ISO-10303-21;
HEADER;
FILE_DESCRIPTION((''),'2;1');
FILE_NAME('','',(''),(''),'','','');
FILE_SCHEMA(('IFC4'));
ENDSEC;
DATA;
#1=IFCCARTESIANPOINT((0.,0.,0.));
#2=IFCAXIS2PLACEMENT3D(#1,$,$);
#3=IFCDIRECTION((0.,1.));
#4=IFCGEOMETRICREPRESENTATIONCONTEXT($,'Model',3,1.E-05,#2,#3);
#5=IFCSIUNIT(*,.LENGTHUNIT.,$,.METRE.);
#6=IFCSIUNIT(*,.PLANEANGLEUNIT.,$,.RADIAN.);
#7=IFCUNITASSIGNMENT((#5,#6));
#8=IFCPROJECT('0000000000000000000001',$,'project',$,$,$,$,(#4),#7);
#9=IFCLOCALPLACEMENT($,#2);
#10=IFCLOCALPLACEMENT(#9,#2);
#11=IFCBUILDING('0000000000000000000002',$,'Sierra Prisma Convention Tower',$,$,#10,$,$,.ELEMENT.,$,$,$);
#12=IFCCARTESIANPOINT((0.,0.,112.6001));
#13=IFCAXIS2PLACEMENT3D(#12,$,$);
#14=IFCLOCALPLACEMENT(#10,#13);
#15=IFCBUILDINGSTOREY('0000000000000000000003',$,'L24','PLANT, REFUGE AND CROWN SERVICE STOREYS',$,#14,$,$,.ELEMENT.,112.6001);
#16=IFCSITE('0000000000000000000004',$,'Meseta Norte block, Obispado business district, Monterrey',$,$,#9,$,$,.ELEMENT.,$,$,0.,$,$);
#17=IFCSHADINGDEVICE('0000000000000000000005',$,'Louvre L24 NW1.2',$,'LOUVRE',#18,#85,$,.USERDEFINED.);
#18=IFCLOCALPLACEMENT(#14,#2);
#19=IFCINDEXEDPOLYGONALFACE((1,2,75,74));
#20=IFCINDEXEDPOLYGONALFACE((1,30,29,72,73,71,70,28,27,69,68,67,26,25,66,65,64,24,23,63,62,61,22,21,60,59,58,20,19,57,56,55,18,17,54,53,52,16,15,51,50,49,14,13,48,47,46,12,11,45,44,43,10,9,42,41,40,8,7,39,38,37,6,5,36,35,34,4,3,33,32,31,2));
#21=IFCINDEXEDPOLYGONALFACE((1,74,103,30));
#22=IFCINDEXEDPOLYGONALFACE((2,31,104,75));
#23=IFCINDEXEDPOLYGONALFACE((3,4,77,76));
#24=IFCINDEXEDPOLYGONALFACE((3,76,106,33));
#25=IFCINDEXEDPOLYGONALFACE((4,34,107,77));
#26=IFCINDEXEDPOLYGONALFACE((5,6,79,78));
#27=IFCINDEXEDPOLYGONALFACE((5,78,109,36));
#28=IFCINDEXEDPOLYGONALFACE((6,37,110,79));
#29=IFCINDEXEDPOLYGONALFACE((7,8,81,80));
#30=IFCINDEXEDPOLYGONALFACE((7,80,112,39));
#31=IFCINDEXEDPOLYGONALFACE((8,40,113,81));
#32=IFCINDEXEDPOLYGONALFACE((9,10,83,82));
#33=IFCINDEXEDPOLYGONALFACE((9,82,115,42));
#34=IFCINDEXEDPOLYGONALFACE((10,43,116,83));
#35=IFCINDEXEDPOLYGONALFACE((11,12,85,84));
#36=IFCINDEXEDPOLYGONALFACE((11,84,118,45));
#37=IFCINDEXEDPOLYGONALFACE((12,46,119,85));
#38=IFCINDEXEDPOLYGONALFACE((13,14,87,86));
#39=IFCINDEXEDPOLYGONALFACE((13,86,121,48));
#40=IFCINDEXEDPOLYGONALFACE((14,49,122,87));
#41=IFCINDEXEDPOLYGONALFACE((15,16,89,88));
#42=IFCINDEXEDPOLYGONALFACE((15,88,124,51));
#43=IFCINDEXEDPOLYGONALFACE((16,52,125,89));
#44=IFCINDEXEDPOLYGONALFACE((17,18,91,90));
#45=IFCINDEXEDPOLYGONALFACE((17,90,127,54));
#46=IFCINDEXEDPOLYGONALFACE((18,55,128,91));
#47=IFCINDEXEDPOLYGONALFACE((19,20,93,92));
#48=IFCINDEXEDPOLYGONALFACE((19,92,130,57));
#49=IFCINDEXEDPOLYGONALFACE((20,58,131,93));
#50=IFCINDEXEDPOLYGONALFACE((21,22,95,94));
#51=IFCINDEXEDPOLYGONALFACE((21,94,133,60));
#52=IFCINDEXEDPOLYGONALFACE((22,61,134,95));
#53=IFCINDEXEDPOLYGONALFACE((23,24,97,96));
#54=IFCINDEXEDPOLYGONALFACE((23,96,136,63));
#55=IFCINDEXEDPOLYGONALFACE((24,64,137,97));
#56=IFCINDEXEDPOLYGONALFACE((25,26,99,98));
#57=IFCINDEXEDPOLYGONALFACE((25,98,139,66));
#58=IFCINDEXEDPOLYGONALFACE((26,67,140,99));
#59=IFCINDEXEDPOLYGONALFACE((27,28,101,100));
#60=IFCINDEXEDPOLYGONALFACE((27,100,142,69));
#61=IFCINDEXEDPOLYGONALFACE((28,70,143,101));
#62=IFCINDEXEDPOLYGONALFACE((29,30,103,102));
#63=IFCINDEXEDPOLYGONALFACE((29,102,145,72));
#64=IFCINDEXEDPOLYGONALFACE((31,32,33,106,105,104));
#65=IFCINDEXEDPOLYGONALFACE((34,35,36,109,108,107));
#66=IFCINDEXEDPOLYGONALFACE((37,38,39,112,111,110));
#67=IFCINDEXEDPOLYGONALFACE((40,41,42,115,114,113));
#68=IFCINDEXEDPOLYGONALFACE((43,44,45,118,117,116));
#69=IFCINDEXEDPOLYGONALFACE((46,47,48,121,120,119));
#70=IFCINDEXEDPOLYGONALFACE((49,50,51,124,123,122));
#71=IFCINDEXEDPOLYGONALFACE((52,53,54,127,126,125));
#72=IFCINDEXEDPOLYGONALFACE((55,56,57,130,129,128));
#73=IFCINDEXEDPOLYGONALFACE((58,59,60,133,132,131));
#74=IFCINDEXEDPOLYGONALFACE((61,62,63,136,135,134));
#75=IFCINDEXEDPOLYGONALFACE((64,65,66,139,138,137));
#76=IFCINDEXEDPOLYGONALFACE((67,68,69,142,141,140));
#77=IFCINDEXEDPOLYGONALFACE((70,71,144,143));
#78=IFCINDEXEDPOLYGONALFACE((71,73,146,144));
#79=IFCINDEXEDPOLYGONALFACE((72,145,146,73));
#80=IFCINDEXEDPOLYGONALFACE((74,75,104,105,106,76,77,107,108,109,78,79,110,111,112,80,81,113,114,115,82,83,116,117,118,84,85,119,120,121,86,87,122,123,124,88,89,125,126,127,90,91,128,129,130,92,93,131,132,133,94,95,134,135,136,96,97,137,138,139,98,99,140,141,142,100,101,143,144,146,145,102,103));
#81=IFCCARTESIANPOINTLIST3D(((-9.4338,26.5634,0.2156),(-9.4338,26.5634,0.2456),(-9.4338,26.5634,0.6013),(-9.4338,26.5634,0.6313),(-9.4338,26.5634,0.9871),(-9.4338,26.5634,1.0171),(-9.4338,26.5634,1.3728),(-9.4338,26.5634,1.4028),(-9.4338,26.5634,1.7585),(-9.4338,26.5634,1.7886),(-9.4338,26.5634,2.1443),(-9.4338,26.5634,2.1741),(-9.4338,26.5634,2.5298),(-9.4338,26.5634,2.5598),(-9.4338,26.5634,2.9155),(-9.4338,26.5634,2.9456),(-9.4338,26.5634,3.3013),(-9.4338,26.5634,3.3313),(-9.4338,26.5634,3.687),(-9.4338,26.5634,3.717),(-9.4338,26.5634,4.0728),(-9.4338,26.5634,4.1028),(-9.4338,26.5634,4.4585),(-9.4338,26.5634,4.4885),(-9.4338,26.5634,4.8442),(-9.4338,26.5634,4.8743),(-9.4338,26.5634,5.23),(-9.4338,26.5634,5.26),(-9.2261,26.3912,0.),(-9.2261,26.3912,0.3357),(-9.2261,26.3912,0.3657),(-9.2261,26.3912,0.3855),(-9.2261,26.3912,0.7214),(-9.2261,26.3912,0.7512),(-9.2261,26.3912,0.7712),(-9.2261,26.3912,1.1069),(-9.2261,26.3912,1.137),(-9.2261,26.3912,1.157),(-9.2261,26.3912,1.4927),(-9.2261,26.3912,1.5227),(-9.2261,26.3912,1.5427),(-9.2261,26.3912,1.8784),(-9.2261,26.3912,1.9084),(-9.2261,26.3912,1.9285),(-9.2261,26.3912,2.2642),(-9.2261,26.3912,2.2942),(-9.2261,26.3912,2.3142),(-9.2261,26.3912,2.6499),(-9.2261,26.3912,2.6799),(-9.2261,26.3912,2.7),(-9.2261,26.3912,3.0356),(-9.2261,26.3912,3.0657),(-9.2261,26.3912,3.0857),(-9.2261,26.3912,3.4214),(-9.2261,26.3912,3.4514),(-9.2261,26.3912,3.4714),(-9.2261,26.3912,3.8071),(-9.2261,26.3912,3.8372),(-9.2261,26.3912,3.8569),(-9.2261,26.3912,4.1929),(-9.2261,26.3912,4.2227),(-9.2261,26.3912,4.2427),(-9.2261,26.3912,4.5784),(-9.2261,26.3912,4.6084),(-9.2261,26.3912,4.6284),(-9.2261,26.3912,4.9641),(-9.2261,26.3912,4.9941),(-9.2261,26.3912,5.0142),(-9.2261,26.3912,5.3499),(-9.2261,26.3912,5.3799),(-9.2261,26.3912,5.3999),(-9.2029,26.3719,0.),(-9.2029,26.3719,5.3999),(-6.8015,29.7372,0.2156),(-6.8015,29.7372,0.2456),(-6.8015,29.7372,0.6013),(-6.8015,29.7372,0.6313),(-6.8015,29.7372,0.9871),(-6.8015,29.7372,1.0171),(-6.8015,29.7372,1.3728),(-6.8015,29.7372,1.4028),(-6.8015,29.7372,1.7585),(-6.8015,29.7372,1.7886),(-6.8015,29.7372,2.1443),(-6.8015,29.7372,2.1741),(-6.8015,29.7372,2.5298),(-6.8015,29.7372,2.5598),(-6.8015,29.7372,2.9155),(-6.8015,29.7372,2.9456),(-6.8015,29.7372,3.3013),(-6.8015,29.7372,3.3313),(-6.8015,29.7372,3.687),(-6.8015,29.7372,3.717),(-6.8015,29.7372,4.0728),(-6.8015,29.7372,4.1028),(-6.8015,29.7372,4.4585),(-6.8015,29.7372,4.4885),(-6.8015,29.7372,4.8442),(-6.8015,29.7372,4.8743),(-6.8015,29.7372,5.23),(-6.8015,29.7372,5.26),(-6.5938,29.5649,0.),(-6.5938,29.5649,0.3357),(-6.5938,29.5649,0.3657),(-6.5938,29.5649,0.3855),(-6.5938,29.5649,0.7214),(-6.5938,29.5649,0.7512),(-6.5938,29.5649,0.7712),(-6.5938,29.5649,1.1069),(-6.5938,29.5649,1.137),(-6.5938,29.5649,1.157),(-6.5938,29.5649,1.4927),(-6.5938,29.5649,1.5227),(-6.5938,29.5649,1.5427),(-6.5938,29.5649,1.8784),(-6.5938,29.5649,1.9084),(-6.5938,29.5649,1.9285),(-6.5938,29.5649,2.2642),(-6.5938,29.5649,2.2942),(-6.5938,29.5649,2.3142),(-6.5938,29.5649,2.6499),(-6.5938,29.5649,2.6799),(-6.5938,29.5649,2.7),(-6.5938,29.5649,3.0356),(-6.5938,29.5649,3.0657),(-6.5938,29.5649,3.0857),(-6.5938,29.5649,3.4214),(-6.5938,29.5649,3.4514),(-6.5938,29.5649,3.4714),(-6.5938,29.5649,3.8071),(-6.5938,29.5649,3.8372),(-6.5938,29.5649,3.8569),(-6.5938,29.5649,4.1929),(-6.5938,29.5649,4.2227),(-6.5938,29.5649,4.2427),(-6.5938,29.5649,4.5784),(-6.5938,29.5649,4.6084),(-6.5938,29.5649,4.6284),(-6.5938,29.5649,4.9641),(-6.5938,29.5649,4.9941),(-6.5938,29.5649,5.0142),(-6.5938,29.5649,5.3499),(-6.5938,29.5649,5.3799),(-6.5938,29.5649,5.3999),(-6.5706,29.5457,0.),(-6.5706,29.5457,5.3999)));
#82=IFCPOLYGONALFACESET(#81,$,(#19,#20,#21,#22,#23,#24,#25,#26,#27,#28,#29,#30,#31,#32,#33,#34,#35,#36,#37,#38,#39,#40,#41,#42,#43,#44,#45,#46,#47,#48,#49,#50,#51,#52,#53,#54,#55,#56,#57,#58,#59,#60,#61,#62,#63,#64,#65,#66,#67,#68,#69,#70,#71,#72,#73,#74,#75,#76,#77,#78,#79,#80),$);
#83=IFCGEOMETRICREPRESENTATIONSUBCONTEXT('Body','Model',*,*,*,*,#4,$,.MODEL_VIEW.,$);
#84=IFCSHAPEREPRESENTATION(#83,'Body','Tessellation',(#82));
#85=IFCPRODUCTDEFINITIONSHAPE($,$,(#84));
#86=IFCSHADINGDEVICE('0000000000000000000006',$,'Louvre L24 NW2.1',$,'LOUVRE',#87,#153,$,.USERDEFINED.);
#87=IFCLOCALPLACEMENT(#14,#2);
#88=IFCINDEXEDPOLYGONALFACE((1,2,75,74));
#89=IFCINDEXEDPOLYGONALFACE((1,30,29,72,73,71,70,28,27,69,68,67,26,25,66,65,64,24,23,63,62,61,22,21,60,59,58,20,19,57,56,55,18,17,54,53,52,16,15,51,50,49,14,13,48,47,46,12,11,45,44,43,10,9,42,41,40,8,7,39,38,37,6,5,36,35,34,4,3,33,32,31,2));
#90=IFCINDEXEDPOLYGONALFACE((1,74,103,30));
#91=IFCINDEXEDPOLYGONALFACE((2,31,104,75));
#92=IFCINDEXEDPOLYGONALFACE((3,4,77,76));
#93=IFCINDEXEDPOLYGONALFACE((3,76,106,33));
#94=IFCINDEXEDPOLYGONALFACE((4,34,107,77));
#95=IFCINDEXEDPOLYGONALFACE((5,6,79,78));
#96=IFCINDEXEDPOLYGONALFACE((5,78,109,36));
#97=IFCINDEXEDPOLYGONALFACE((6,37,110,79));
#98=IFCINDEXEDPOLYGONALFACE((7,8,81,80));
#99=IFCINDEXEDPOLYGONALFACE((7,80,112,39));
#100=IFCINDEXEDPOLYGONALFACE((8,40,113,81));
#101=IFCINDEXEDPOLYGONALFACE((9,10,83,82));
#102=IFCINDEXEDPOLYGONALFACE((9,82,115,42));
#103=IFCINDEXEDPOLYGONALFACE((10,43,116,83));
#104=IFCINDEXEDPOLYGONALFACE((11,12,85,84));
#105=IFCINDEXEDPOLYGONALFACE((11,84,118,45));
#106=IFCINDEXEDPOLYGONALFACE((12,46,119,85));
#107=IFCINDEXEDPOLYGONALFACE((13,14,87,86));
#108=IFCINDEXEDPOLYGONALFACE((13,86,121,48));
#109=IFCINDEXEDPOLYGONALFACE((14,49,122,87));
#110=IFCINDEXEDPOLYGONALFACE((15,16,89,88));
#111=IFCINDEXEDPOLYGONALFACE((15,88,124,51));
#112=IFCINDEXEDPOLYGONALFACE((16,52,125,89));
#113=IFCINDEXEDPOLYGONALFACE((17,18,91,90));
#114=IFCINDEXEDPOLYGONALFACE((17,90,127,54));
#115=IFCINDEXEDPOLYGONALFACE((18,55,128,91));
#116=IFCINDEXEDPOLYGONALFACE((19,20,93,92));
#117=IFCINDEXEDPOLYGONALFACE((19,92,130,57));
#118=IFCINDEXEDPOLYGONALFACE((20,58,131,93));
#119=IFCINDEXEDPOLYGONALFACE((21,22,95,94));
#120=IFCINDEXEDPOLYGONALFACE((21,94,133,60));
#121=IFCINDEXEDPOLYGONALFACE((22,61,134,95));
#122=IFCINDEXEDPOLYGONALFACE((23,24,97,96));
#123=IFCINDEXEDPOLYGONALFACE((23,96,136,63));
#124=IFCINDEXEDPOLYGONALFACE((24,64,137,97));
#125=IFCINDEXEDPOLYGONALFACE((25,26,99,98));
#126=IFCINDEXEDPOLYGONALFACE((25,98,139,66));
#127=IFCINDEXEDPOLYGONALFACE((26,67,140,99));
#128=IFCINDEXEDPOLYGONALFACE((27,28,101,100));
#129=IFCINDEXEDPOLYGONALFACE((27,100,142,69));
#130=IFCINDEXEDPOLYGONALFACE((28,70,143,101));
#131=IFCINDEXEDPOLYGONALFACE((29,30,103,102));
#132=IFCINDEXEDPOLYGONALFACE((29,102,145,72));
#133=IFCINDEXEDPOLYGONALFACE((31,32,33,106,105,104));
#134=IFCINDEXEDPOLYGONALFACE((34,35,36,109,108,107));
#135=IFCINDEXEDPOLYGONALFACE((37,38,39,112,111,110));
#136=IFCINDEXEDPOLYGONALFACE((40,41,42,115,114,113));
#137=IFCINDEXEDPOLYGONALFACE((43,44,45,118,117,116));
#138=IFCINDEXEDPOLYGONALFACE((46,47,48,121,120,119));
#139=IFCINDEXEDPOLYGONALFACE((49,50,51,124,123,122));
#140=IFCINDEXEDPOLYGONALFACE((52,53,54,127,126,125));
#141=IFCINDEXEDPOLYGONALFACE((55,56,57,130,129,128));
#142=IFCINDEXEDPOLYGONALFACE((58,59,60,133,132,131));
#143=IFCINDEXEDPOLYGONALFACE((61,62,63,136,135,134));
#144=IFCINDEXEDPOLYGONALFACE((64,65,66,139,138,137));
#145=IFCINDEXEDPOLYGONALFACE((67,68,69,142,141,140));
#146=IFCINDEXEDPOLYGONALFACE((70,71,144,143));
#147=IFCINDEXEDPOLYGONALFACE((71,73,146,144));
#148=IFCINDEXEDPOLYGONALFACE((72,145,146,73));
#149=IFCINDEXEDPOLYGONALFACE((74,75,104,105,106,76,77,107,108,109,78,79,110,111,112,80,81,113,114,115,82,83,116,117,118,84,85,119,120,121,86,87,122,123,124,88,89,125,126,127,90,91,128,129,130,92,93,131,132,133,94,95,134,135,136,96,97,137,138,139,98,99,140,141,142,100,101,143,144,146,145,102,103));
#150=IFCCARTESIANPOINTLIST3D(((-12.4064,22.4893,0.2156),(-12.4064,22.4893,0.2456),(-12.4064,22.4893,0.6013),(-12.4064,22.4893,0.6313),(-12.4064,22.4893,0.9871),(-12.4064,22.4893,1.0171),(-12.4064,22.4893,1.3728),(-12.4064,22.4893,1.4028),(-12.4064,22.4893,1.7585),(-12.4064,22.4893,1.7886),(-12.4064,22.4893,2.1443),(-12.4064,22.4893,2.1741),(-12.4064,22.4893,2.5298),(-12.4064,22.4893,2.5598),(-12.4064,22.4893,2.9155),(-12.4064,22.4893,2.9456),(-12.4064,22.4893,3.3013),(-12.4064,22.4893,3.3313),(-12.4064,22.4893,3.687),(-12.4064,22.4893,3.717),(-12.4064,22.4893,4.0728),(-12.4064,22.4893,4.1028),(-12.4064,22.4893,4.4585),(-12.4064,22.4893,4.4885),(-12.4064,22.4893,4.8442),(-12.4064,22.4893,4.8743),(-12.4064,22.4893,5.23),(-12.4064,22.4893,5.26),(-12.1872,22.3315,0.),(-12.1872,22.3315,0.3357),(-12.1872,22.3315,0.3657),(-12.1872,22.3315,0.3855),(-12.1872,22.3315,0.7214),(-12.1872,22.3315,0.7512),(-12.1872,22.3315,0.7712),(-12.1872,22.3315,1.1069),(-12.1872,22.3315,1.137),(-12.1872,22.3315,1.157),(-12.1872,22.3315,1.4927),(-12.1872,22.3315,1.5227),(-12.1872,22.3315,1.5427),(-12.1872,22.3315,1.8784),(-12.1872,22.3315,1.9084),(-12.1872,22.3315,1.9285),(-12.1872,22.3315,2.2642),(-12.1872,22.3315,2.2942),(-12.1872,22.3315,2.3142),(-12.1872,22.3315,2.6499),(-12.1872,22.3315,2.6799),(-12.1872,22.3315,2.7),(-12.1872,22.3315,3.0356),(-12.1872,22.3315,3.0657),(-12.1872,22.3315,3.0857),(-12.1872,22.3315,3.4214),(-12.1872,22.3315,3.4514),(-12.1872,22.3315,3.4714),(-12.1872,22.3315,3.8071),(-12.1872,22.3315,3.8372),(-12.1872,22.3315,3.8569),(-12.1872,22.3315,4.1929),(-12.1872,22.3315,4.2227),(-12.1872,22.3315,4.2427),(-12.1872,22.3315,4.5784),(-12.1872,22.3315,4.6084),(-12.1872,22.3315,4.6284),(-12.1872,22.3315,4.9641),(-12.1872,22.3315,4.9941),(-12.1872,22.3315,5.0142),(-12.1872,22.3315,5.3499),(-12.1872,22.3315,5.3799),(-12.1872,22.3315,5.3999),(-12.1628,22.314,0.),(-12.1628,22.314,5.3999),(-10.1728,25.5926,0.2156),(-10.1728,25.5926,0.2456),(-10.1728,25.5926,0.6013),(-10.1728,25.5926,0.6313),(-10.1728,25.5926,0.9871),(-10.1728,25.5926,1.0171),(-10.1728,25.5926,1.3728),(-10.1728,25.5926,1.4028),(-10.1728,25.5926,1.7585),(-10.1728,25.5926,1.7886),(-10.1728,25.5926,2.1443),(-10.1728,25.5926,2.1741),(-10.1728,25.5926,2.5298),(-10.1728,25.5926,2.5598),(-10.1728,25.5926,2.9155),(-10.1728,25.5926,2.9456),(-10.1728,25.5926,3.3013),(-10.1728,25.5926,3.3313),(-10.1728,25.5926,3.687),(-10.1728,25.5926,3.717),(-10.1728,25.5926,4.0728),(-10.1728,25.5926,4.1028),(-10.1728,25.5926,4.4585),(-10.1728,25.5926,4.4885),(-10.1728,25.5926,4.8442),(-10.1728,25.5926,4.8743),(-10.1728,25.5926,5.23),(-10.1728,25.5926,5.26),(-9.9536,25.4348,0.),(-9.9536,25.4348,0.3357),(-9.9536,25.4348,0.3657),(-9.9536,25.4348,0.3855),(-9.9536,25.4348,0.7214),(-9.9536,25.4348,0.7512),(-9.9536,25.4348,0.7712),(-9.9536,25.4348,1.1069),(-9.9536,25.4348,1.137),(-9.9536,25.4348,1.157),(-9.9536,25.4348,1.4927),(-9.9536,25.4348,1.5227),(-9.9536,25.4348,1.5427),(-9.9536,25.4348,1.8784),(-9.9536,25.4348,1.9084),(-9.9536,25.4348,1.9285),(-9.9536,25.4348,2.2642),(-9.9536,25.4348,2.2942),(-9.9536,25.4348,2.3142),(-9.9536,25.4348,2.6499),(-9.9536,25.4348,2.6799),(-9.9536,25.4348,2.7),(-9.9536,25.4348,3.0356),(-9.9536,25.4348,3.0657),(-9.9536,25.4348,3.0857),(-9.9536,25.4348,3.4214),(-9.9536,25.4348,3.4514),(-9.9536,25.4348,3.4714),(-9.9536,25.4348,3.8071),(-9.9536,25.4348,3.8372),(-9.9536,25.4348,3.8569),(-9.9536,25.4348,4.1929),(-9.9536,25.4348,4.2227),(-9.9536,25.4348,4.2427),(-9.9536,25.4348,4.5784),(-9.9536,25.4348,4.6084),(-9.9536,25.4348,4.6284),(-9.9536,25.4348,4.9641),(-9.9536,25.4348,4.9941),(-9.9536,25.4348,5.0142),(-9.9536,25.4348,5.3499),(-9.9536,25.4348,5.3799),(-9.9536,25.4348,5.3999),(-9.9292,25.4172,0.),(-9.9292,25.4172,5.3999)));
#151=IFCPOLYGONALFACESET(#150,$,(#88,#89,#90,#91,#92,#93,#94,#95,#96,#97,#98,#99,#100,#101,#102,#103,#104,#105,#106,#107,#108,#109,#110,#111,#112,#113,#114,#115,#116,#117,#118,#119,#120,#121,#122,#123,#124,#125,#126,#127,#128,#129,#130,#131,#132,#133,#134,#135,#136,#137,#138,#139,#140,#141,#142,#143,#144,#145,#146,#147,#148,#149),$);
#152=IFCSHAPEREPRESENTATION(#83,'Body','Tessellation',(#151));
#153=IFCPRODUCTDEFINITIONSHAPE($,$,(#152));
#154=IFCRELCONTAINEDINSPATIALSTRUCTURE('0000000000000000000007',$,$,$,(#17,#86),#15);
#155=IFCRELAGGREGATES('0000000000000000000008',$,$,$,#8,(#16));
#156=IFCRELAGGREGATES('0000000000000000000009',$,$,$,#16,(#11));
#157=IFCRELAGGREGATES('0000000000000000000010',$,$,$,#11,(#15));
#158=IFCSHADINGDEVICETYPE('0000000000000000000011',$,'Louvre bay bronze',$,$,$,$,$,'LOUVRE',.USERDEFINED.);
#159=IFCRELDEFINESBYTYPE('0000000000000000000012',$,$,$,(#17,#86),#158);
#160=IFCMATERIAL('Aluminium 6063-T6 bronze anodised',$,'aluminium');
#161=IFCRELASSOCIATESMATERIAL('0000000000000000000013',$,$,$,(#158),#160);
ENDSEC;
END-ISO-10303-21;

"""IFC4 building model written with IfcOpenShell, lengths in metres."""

from ifc_helpers import new_model, si_unit, direction, frame, origin, place, context, subcontext, project, spatial, polyline, outline, extrude, material, type_object, element, save


model = new_model("IFC4")

# Units and contexts
model_context = context("Model", 3, precision=1e-05, world=origin(), true_north=direction((0.0, 1.0)))
body_context = subcontext(model_context, "Body", "Model", "MODEL_VIEW")
ifc_project = project(units=[si_unit("LENGTHUNIT", "METRE"), si_unit("PLANEANGLEUNIT", "RADIAN")], contexts=[model_context])

# Site, building, storey
site_placement = place(None, origin())
site = spatial("IfcSite", under=ifc_project, at=site_placement, Name="Meseta Norte block, Obispado business district, Monterrey", CompositionType="ELEMENT", RefElevation=0.0)
building_placement = place(site_placement, origin())
building = spatial("IfcBuilding", under=site, at=building_placement, Name="Sierra Prisma Convention Tower", CompositionType="ELEMENT")
storey_placement = place(building_placement, frame((0.0, 0.0, 112.6001)))
storey = spatial("IfcBuildingStorey", under=building, at=storey_placement, Name="L24", Description="PLANT, REFUGE AND CROWN SERVICE STOREYS", CompositionType="ELEMENT", Elevation=112.6001)

# Shading devices
ifc_material_1 = material(Name="Aluminium 6063-T6 bronze anodised", Category="aluminium")
shading_device_type = type_object("IfcShadingDeviceType", Name="Louvre bay bronze", ElementType="LOUVRE", PredefinedType="USERDEFINED", material=ifc_material_1)
shading_device_1_placement = place(storey_placement, frame((-6.5706, 29.5457, 0.0), z_axis=(0.638399, 0.769706, 0.0), x_axis=(0.0, 0.0, 1.0)))
element("IfcShadingDevice", 1, at=shading_device_1_placement, inside=storey, type_object=shading_device_type, Name="Louvre L24 NW1.2", ObjectType="LOUVRE", PredefinedType="USERDEFINED", context=body_context, shape_type="SweptSolid", body=[
    extrude(outline(polyline([(0.0, 0.0), (5.3999, 0.0), (5.3999, -0.0302), (5.3799, -0.0302), (5.26, -0.3), (5.23, -0.3), (5.3499, -0.0302), (5.0142, -0.0302), (4.9941, -0.0302), (4.8743, -0.3), (4.8442, -0.3), (4.9641, -0.0302), (4.6284, -0.0302), (4.6084, -0.0302), (4.4885, -0.3), (4.4585, -0.3), (4.5784, -0.0302), (4.2427, -0.0302), (4.2227, -0.0302), (4.1028, -0.3), (4.0728, -0.3), (4.1929, -0.0302), (3.8569, -0.0302), (3.8372, -0.0302), (3.717, -0.3), (3.687, -0.3), (3.8071, -0.0302), (3.4714, -0.0302), (3.4514, -0.0302), (3.3313, -0.3), (3.3013, -0.3), (3.4214, -0.0302), (3.0857, -0.0302), (3.0657, -0.0302), (2.9456, -0.3), (2.9155, -0.3), (3.0356, -0.0302), (2.7, -0.0302), (2.6799, -0.0302), (2.5598, -0.3), (2.5298, -0.3), (2.6499, -0.0302), (2.3142, -0.0302), (2.2942, -0.0302), (2.1741, -0.3), (2.1443, -0.3), (2.2642, -0.0302), (1.9285, -0.0302), (1.9084, -0.0302), (1.7886, -0.3), (1.7585, -0.3), (1.8784, -0.0302), (1.5427, -0.0302), (1.5227, -0.0302), (1.4028, -0.3), (1.3728, -0.3), (1.4927, -0.0302), (1.157, -0.0302), (1.137, -0.0302), (1.0171, -0.3), (0.9871, -0.3), (1.1069, -0.0302), (0.7712, -0.0302), (0.7512, -0.0302), (0.6313, -0.3), (0.6013, -0.3), (0.7214, -0.0302), (0.3855, -0.0302), (0.3657, -0.0302), (0.2456, -0.3), (0.2156, -0.3), (0.3357, -0.0302), (0.0, -0.0302), (0.0, 0.0)])), origin(), (0.0, 0.0, -1.0), 4.1233),
])
shading_device_2_placement = place(storey_placement, frame((-9.9292, 25.4172, 0.0), z_axis=(0.584168, 0.811633, 0.0), x_axis=(0.0, 0.0, 1.0)))
element("IfcShadingDevice", 2, at=shading_device_2_placement, inside=storey, type_object=shading_device_type, Name="Louvre L24 NW2.1", ObjectType="LOUVRE", PredefinedType="USERDEFINED", context=body_context, shape_type="SweptSolid", body=[
    extrude(outline(polyline([(0.0, 0.0), (5.3999, 0.0), (5.3999, -0.0301), (5.3799, -0.0301), (5.26, -0.3002), (5.23, -0.3002), (5.3499, -0.0301), (5.0142, -0.0301), (4.9941, -0.0301), (4.8743, -0.3002), (4.8442, -0.3002), (4.9641, -0.0301), (4.6284, -0.0301), (4.6084, -0.0301), (4.4885, -0.3002), (4.4585, -0.3002), (4.5784, -0.0301), (4.2427, -0.0301), (4.2227, -0.0301), (4.1028, -0.3002), (4.0728, -0.3002), (4.1929, -0.0301), (3.8569, -0.0301), (3.8372, -0.0301), (3.717, -0.3002), (3.687, -0.3002), (3.8071, -0.0301), (3.4714, -0.0301), (3.4514, -0.0301), (3.3313, -0.3002), (3.3013, -0.3002), (3.4214, -0.0301), (3.0857, -0.0301), (3.0657, -0.0301), (2.9456, -0.3002), (2.9155, -0.3002), (3.0356, -0.0301), (2.7, -0.0301), (2.6799, -0.0301), (2.5598, -0.3002), (2.5298, -0.3002), (2.6499, -0.0301), (2.3142, -0.0301), (2.2942, -0.0301), (2.1741, -0.3002), (2.1443, -0.3002), (2.2642, -0.0301), (1.9285, -0.0301), (1.9084, -0.0301), (1.7886, -0.3002), (1.7585, -0.3002), (1.8784, -0.0301), (1.5427, -0.0301), (1.5227, -0.0301), (1.4028, -0.3002), (1.3728, -0.3002), (1.4927, -0.0301), (1.157, -0.0301), (1.137, -0.0301), (1.0171, -0.3002), (0.9871, -0.3002), (1.1069, -0.0301), (0.7712, -0.0301), (0.7512, -0.0301), (0.6313, -0.3002), (0.6013, -0.3002), (0.7214, -0.0301), (0.3855, -0.0301), (0.3657, -0.0301), (0.2456, -0.3002), (0.2156, -0.3002), (0.3357, -0.0301), (0.0, -0.0301), (0.0, 0.0)])), origin(), (0.0, 0.0, -1.0), 3.8235),
])

save(model, "model.ifc")
